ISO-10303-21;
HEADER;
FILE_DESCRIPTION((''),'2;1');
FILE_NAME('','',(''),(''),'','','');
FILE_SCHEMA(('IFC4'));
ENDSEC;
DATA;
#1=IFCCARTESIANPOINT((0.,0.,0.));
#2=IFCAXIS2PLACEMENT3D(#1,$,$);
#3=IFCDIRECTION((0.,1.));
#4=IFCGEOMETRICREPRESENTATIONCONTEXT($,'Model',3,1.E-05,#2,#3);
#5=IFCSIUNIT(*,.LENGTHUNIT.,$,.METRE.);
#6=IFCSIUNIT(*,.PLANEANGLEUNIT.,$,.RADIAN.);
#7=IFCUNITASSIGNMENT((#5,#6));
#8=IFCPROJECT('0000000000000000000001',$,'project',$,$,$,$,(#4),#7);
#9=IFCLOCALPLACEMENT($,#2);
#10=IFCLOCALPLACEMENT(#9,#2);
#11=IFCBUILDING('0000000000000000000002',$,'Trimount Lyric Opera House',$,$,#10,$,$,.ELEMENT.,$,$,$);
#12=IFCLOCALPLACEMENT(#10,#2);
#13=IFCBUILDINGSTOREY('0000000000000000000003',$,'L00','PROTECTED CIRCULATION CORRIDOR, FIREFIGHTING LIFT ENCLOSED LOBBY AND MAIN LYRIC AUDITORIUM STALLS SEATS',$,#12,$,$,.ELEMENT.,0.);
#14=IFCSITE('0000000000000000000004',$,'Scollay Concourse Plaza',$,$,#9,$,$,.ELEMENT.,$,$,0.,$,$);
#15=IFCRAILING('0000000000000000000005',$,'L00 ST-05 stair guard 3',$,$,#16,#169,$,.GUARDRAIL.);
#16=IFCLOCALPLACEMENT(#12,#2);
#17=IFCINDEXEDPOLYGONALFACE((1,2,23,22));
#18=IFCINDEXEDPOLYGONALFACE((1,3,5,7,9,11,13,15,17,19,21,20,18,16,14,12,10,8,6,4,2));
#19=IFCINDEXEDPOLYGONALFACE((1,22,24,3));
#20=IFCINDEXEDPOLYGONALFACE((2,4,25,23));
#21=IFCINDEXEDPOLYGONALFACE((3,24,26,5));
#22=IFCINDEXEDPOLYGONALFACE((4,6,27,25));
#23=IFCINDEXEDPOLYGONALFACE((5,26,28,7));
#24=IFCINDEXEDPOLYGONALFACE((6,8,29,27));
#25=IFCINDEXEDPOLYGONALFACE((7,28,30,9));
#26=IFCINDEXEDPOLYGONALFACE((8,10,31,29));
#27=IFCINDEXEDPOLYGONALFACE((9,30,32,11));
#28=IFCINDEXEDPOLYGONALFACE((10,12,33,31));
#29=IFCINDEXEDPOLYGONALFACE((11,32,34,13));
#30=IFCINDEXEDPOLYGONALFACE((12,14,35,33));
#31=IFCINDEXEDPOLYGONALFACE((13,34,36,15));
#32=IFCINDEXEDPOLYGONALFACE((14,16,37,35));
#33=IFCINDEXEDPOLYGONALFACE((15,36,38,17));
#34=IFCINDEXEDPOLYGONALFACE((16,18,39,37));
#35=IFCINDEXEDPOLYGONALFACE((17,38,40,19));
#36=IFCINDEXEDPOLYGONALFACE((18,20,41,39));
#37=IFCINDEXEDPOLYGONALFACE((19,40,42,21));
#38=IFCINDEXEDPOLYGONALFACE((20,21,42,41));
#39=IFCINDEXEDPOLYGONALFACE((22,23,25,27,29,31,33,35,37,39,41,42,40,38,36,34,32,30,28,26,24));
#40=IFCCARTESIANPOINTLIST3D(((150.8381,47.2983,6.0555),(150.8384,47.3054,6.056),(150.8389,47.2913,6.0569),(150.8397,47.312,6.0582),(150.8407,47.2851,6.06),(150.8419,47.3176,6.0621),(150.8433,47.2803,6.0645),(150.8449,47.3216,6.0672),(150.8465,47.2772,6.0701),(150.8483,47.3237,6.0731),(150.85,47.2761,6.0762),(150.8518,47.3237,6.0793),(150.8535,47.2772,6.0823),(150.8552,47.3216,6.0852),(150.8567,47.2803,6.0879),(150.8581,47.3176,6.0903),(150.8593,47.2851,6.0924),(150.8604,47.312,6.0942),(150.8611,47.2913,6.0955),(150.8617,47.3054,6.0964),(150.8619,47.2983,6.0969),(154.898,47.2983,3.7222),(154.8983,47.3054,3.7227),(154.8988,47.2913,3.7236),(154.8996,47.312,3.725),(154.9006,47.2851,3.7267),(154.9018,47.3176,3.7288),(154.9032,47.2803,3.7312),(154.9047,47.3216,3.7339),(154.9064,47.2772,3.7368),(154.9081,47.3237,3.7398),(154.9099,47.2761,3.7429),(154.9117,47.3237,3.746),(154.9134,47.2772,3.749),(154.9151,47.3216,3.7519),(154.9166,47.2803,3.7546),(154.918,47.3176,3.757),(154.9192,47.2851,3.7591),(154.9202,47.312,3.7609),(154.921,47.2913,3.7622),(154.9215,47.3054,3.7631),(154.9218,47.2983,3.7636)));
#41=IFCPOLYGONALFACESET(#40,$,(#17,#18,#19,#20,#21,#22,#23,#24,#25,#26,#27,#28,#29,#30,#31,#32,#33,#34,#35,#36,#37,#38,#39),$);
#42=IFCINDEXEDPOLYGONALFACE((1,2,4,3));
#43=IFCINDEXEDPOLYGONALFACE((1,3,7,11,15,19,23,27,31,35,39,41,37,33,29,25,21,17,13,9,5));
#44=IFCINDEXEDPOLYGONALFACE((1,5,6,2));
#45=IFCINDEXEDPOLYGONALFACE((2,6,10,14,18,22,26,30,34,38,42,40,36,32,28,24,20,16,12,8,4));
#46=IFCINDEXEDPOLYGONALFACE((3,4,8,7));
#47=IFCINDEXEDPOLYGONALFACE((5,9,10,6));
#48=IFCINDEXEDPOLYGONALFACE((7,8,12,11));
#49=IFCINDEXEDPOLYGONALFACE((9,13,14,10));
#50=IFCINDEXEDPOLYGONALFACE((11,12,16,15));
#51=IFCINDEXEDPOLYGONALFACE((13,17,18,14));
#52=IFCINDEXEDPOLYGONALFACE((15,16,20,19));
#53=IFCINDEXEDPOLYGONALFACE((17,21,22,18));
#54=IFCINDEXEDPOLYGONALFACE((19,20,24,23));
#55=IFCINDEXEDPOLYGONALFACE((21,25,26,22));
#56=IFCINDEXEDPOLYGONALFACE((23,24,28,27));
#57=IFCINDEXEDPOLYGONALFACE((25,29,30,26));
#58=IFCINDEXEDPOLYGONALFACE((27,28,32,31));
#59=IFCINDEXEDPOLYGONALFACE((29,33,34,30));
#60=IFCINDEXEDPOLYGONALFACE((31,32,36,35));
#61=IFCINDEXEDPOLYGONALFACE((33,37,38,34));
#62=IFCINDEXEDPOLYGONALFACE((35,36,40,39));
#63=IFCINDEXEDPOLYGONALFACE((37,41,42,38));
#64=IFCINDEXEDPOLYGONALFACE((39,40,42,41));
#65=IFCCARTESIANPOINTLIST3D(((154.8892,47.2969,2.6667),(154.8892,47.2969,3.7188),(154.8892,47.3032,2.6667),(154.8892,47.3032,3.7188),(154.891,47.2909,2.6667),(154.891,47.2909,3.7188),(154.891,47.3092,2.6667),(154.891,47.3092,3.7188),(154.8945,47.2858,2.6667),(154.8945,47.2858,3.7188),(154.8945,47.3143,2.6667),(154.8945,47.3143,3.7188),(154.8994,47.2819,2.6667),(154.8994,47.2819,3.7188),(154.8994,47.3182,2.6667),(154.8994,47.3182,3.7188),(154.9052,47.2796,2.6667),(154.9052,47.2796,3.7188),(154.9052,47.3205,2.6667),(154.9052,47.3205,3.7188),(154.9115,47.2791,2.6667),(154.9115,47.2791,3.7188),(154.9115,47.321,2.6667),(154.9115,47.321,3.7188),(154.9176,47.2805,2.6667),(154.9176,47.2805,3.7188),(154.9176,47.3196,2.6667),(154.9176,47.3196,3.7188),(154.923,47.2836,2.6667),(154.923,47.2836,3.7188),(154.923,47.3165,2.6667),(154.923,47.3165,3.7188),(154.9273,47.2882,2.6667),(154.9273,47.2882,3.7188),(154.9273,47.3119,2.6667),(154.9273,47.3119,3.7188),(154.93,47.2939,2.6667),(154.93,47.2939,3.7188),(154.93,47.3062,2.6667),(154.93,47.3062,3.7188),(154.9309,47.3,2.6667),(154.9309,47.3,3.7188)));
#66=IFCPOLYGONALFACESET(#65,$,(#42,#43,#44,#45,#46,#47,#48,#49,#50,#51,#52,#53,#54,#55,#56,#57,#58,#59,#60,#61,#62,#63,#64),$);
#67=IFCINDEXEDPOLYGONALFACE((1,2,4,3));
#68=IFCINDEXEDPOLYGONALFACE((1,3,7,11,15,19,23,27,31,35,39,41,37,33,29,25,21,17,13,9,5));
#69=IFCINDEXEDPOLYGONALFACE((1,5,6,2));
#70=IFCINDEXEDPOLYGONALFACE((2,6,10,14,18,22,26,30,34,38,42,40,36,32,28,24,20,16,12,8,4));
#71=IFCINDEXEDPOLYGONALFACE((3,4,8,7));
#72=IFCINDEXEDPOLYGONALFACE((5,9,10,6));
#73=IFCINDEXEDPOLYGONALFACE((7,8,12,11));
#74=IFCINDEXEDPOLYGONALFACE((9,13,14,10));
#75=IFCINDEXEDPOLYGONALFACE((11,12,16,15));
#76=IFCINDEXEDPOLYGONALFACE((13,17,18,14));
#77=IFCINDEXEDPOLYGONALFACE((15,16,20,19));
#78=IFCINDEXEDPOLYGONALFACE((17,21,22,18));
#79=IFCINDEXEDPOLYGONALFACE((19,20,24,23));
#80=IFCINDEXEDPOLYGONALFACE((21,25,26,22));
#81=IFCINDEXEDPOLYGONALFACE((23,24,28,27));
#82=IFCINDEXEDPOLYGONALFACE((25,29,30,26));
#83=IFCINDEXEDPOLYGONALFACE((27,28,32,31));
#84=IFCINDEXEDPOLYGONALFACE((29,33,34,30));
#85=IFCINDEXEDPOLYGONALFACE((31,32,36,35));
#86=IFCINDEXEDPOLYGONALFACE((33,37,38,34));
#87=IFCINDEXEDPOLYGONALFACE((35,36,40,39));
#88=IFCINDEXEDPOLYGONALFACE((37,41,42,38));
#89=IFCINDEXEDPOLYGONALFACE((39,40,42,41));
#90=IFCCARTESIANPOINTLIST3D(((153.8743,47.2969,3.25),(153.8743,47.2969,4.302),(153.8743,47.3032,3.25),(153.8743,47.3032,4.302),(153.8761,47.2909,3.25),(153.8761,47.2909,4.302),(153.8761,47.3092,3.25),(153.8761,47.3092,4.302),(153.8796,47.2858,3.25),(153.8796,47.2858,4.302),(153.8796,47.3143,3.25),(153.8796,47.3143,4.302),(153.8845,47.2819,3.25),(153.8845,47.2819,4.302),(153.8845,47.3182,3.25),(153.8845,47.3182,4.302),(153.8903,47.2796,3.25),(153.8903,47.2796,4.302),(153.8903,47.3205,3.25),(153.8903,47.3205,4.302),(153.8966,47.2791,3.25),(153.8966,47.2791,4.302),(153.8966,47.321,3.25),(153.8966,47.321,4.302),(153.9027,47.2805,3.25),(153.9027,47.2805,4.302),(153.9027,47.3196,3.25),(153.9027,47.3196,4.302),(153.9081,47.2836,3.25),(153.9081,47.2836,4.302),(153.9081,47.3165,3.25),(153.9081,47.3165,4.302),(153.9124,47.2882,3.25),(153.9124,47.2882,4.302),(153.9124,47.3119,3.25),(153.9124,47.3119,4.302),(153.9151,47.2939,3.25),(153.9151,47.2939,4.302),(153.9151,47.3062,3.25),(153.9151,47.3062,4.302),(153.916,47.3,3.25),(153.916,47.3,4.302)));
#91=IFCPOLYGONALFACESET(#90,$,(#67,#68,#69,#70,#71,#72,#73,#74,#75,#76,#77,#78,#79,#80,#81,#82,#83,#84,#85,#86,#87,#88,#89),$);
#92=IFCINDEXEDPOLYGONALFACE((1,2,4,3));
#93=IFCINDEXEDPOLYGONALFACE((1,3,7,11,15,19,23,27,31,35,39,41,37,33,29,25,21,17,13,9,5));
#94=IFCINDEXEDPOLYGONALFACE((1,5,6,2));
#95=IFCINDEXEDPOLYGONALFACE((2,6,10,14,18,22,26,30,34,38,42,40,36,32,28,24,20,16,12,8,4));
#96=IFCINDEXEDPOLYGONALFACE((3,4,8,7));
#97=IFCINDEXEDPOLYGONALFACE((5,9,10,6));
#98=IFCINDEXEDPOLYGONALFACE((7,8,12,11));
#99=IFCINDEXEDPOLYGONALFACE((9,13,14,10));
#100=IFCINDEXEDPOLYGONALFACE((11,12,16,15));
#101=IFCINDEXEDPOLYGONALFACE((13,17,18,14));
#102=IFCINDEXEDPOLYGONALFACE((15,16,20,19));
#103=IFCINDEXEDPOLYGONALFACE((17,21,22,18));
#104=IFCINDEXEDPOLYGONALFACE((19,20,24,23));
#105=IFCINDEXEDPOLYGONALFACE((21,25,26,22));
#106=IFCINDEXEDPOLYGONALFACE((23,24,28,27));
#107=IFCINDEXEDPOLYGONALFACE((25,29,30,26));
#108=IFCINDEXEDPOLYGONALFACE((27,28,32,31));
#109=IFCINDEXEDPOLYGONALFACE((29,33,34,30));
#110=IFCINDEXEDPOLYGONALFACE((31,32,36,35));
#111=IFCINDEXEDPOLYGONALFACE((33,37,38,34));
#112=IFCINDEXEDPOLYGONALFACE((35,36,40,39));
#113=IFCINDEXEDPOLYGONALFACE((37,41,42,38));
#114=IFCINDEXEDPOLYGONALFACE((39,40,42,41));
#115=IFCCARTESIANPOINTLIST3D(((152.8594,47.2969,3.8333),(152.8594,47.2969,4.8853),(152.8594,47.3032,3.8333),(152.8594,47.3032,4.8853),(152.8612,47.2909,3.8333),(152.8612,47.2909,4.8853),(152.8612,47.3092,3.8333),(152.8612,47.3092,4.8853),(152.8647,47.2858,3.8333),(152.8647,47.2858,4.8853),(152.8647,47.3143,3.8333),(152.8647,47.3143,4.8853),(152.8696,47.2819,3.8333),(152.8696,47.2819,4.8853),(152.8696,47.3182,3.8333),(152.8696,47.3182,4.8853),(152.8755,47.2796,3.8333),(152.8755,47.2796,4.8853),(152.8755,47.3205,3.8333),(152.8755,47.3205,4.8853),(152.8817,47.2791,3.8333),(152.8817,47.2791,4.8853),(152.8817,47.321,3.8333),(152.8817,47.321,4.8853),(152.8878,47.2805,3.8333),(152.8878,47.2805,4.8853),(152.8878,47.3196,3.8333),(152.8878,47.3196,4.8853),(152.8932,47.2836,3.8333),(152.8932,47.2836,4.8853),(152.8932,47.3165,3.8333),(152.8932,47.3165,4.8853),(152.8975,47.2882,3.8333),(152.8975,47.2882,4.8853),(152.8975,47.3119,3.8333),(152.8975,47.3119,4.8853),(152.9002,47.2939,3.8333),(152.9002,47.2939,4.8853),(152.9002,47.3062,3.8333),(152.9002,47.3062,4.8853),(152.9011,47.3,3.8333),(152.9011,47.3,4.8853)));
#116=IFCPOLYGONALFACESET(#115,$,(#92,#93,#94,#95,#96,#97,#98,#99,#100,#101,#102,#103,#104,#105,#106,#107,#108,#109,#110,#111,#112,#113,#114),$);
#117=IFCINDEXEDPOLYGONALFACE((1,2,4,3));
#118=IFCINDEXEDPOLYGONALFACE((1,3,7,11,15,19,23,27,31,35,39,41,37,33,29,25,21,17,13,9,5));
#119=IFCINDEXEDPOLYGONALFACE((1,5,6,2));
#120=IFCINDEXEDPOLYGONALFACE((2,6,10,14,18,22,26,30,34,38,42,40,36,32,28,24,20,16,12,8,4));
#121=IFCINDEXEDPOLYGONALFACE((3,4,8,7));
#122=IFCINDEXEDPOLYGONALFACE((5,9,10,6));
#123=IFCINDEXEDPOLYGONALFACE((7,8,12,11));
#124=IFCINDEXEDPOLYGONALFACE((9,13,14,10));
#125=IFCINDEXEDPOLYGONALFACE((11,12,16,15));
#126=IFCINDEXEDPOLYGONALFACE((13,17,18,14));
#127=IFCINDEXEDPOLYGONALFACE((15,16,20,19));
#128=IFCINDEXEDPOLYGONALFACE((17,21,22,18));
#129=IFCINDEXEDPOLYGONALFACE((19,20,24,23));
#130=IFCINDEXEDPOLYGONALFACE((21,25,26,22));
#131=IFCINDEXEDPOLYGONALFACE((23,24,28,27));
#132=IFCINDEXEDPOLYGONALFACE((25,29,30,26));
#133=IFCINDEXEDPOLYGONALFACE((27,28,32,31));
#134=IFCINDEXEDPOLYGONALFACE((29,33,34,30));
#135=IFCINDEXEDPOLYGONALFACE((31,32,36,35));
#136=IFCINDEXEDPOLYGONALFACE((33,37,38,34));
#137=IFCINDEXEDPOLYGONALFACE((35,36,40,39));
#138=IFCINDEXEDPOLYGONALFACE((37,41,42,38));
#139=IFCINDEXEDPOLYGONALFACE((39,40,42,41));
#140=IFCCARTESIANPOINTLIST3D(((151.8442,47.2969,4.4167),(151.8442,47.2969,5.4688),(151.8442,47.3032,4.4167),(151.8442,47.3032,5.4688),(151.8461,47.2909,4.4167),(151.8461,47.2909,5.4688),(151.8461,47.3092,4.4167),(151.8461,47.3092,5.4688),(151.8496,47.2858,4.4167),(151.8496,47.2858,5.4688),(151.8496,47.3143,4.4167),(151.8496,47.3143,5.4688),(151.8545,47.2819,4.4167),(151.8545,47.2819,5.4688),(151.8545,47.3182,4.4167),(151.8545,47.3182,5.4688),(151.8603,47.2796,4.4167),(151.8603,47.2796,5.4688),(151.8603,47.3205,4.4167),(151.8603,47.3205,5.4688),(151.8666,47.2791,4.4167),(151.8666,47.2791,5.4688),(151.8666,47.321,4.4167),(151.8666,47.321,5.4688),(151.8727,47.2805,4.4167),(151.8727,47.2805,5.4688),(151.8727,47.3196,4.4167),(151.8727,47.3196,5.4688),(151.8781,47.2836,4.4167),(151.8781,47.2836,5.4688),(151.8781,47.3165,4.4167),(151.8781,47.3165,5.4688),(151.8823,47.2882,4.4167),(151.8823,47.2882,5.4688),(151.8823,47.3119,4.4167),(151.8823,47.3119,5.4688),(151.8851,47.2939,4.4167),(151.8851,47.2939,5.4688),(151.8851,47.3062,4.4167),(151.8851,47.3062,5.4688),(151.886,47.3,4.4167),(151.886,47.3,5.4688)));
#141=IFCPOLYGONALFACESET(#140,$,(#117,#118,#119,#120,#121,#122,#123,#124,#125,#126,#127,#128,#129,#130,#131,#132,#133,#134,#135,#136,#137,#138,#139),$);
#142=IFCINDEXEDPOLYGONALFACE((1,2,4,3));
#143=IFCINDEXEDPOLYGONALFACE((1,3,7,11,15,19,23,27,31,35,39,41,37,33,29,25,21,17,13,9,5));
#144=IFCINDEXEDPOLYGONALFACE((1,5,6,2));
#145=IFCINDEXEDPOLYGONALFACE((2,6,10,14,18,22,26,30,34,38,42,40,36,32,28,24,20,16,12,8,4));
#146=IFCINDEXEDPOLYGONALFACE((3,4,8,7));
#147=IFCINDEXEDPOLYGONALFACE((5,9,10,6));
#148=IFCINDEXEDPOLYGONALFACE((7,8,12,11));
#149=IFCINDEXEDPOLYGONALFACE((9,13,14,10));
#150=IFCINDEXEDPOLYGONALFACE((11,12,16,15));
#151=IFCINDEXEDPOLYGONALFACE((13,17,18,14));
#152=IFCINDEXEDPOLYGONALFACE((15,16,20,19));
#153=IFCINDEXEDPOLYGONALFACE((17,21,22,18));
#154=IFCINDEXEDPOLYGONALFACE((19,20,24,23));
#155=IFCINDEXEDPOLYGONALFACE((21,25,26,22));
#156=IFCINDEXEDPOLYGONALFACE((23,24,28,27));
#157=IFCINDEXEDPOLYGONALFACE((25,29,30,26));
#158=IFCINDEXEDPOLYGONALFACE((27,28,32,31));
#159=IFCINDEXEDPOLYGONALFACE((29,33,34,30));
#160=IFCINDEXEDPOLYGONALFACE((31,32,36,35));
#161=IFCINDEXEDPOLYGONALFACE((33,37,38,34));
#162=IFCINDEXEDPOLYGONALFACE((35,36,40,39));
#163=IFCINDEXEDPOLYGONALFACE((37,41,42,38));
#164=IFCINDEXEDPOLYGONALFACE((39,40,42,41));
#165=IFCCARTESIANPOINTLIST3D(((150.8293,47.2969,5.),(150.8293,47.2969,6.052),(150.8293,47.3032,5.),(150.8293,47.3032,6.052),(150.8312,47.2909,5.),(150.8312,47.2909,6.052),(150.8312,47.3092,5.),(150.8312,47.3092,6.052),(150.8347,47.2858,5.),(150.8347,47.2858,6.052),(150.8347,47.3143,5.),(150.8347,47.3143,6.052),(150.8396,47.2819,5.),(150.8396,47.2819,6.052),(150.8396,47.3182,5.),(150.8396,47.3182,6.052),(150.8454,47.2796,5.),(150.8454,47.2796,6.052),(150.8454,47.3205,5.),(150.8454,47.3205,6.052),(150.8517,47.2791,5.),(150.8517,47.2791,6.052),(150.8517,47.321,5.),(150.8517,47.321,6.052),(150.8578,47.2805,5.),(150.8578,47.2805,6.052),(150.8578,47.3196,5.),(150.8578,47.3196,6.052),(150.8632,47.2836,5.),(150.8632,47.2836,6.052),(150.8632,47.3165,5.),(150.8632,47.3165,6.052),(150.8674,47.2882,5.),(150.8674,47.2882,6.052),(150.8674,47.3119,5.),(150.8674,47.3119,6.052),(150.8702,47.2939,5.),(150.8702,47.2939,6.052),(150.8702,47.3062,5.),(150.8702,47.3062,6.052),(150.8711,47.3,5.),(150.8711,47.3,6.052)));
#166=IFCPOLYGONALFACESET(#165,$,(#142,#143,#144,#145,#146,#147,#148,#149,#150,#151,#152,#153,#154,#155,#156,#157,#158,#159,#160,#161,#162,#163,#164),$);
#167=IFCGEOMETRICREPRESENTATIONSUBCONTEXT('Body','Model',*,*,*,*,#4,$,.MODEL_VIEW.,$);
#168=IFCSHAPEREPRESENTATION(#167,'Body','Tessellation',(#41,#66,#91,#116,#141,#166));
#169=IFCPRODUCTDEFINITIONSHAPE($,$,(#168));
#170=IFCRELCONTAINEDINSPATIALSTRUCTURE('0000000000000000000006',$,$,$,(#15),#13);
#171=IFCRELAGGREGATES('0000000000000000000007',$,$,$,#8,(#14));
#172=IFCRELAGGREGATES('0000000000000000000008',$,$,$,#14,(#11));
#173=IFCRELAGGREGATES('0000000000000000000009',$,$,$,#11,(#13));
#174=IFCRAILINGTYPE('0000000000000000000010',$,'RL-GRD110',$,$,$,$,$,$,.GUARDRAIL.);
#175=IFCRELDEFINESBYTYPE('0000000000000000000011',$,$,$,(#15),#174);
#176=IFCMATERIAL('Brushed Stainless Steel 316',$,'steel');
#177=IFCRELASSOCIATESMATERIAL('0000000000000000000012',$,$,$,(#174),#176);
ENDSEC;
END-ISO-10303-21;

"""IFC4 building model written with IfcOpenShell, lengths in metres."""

from ifc_helpers import new_model, si_unit, direction, frame, origin, origin_2d, place, context, subcontext, project, spatial, circle, extrude, material, type_object, element, save


model = new_model("IFC4")

# Units and contexts
model_context = context("Model", 3, precision=1e-05, world=origin(), true_north=direction((0.0, 1.0)))
body_context = subcontext(model_context, "Body", "Model", "MODEL_VIEW")
ifc_project = project(units=[si_unit("LENGTHUNIT", "METRE"), si_unit("PLANEANGLEUNIT", "RADIAN")], contexts=[model_context])

# Site, building, storey
site_placement = place(None, origin())
site = spatial("IfcSite", under=ifc_project, at=site_placement, Name="Scollay Concourse Plaza", CompositionType="ELEMENT", RefElevation=0.0)
building_placement = place(site_placement, origin())
building = spatial("IfcBuilding", under=site, at=building_placement, Name="Trimount Lyric Opera House", CompositionType="ELEMENT")
storey_placement = place(building_placement, origin())
storey = spatial("IfcBuildingStorey", under=building, at=storey_placement, Name="L00", Description="PROTECTED CIRCULATION CORRIDOR, FIREFIGHTING LIFT ENCLOSED LOBBY AND MAIN LYRIC AUDITORIUM STALLS SEATS", CompositionType="ELEMENT", Elevation=0.0)

# Railing
ifc_material_1 = material(Name="Brushed Stainless Steel 316", Category="steel")
railing_type_1 = type_object("IfcRailingType", Name="RL-GRD110", PredefinedType="GUARDRAIL", material=ifc_material_1)
railing_1_placement = place(storey_placement, frame((154.9099, 47.3, 2.6667)))
element("IfcRailing", 1, at=railing_1_placement, inside=storey, type_object=railing_type_1, Name="L00 ST-05 stair guard 3", PredefinedType="GUARDRAIL", context=body_context, shape_type="SweptSolid", body=[
    extrude(circle(Radius=0.0239, at=origin_2d()), frame((0.0, 0.0, 1.0762), z_axis=(-0.867012, 0.0, 0.498288), x_axis=(0.0, -1.0, 0.0)), (0.0, 0.0, 1.0), 4.6826),
    extrude(circle(Radius=0.021, at=origin_2d()), origin(), (0.0, 0.0, 1.0), 1.052),
    extrude(circle(Radius=0.021, at=origin_2d()), frame((-1.0149, 0.0, 0.5833)), (0.0, 0.0, 1.0), 1.052),
    extrude(circle(Radius=0.021, at=origin_2d()), frame((-2.0298, 0.0, 1.1665)), (0.0, 0.0, 1.0), 1.052),
    extrude(circle(Radius=0.021, at=origin_2d()), frame((-3.0449, 0.0, 1.75)), (0.0, 0.0, 1.0), 1.052),
    extrude(circle(Radius=0.021, at=origin_2d()), frame((-4.0598, 0.0, 2.3333)), (0.0, 0.0, 1.0), 1.052),
])

save(model, "model.ifc")
